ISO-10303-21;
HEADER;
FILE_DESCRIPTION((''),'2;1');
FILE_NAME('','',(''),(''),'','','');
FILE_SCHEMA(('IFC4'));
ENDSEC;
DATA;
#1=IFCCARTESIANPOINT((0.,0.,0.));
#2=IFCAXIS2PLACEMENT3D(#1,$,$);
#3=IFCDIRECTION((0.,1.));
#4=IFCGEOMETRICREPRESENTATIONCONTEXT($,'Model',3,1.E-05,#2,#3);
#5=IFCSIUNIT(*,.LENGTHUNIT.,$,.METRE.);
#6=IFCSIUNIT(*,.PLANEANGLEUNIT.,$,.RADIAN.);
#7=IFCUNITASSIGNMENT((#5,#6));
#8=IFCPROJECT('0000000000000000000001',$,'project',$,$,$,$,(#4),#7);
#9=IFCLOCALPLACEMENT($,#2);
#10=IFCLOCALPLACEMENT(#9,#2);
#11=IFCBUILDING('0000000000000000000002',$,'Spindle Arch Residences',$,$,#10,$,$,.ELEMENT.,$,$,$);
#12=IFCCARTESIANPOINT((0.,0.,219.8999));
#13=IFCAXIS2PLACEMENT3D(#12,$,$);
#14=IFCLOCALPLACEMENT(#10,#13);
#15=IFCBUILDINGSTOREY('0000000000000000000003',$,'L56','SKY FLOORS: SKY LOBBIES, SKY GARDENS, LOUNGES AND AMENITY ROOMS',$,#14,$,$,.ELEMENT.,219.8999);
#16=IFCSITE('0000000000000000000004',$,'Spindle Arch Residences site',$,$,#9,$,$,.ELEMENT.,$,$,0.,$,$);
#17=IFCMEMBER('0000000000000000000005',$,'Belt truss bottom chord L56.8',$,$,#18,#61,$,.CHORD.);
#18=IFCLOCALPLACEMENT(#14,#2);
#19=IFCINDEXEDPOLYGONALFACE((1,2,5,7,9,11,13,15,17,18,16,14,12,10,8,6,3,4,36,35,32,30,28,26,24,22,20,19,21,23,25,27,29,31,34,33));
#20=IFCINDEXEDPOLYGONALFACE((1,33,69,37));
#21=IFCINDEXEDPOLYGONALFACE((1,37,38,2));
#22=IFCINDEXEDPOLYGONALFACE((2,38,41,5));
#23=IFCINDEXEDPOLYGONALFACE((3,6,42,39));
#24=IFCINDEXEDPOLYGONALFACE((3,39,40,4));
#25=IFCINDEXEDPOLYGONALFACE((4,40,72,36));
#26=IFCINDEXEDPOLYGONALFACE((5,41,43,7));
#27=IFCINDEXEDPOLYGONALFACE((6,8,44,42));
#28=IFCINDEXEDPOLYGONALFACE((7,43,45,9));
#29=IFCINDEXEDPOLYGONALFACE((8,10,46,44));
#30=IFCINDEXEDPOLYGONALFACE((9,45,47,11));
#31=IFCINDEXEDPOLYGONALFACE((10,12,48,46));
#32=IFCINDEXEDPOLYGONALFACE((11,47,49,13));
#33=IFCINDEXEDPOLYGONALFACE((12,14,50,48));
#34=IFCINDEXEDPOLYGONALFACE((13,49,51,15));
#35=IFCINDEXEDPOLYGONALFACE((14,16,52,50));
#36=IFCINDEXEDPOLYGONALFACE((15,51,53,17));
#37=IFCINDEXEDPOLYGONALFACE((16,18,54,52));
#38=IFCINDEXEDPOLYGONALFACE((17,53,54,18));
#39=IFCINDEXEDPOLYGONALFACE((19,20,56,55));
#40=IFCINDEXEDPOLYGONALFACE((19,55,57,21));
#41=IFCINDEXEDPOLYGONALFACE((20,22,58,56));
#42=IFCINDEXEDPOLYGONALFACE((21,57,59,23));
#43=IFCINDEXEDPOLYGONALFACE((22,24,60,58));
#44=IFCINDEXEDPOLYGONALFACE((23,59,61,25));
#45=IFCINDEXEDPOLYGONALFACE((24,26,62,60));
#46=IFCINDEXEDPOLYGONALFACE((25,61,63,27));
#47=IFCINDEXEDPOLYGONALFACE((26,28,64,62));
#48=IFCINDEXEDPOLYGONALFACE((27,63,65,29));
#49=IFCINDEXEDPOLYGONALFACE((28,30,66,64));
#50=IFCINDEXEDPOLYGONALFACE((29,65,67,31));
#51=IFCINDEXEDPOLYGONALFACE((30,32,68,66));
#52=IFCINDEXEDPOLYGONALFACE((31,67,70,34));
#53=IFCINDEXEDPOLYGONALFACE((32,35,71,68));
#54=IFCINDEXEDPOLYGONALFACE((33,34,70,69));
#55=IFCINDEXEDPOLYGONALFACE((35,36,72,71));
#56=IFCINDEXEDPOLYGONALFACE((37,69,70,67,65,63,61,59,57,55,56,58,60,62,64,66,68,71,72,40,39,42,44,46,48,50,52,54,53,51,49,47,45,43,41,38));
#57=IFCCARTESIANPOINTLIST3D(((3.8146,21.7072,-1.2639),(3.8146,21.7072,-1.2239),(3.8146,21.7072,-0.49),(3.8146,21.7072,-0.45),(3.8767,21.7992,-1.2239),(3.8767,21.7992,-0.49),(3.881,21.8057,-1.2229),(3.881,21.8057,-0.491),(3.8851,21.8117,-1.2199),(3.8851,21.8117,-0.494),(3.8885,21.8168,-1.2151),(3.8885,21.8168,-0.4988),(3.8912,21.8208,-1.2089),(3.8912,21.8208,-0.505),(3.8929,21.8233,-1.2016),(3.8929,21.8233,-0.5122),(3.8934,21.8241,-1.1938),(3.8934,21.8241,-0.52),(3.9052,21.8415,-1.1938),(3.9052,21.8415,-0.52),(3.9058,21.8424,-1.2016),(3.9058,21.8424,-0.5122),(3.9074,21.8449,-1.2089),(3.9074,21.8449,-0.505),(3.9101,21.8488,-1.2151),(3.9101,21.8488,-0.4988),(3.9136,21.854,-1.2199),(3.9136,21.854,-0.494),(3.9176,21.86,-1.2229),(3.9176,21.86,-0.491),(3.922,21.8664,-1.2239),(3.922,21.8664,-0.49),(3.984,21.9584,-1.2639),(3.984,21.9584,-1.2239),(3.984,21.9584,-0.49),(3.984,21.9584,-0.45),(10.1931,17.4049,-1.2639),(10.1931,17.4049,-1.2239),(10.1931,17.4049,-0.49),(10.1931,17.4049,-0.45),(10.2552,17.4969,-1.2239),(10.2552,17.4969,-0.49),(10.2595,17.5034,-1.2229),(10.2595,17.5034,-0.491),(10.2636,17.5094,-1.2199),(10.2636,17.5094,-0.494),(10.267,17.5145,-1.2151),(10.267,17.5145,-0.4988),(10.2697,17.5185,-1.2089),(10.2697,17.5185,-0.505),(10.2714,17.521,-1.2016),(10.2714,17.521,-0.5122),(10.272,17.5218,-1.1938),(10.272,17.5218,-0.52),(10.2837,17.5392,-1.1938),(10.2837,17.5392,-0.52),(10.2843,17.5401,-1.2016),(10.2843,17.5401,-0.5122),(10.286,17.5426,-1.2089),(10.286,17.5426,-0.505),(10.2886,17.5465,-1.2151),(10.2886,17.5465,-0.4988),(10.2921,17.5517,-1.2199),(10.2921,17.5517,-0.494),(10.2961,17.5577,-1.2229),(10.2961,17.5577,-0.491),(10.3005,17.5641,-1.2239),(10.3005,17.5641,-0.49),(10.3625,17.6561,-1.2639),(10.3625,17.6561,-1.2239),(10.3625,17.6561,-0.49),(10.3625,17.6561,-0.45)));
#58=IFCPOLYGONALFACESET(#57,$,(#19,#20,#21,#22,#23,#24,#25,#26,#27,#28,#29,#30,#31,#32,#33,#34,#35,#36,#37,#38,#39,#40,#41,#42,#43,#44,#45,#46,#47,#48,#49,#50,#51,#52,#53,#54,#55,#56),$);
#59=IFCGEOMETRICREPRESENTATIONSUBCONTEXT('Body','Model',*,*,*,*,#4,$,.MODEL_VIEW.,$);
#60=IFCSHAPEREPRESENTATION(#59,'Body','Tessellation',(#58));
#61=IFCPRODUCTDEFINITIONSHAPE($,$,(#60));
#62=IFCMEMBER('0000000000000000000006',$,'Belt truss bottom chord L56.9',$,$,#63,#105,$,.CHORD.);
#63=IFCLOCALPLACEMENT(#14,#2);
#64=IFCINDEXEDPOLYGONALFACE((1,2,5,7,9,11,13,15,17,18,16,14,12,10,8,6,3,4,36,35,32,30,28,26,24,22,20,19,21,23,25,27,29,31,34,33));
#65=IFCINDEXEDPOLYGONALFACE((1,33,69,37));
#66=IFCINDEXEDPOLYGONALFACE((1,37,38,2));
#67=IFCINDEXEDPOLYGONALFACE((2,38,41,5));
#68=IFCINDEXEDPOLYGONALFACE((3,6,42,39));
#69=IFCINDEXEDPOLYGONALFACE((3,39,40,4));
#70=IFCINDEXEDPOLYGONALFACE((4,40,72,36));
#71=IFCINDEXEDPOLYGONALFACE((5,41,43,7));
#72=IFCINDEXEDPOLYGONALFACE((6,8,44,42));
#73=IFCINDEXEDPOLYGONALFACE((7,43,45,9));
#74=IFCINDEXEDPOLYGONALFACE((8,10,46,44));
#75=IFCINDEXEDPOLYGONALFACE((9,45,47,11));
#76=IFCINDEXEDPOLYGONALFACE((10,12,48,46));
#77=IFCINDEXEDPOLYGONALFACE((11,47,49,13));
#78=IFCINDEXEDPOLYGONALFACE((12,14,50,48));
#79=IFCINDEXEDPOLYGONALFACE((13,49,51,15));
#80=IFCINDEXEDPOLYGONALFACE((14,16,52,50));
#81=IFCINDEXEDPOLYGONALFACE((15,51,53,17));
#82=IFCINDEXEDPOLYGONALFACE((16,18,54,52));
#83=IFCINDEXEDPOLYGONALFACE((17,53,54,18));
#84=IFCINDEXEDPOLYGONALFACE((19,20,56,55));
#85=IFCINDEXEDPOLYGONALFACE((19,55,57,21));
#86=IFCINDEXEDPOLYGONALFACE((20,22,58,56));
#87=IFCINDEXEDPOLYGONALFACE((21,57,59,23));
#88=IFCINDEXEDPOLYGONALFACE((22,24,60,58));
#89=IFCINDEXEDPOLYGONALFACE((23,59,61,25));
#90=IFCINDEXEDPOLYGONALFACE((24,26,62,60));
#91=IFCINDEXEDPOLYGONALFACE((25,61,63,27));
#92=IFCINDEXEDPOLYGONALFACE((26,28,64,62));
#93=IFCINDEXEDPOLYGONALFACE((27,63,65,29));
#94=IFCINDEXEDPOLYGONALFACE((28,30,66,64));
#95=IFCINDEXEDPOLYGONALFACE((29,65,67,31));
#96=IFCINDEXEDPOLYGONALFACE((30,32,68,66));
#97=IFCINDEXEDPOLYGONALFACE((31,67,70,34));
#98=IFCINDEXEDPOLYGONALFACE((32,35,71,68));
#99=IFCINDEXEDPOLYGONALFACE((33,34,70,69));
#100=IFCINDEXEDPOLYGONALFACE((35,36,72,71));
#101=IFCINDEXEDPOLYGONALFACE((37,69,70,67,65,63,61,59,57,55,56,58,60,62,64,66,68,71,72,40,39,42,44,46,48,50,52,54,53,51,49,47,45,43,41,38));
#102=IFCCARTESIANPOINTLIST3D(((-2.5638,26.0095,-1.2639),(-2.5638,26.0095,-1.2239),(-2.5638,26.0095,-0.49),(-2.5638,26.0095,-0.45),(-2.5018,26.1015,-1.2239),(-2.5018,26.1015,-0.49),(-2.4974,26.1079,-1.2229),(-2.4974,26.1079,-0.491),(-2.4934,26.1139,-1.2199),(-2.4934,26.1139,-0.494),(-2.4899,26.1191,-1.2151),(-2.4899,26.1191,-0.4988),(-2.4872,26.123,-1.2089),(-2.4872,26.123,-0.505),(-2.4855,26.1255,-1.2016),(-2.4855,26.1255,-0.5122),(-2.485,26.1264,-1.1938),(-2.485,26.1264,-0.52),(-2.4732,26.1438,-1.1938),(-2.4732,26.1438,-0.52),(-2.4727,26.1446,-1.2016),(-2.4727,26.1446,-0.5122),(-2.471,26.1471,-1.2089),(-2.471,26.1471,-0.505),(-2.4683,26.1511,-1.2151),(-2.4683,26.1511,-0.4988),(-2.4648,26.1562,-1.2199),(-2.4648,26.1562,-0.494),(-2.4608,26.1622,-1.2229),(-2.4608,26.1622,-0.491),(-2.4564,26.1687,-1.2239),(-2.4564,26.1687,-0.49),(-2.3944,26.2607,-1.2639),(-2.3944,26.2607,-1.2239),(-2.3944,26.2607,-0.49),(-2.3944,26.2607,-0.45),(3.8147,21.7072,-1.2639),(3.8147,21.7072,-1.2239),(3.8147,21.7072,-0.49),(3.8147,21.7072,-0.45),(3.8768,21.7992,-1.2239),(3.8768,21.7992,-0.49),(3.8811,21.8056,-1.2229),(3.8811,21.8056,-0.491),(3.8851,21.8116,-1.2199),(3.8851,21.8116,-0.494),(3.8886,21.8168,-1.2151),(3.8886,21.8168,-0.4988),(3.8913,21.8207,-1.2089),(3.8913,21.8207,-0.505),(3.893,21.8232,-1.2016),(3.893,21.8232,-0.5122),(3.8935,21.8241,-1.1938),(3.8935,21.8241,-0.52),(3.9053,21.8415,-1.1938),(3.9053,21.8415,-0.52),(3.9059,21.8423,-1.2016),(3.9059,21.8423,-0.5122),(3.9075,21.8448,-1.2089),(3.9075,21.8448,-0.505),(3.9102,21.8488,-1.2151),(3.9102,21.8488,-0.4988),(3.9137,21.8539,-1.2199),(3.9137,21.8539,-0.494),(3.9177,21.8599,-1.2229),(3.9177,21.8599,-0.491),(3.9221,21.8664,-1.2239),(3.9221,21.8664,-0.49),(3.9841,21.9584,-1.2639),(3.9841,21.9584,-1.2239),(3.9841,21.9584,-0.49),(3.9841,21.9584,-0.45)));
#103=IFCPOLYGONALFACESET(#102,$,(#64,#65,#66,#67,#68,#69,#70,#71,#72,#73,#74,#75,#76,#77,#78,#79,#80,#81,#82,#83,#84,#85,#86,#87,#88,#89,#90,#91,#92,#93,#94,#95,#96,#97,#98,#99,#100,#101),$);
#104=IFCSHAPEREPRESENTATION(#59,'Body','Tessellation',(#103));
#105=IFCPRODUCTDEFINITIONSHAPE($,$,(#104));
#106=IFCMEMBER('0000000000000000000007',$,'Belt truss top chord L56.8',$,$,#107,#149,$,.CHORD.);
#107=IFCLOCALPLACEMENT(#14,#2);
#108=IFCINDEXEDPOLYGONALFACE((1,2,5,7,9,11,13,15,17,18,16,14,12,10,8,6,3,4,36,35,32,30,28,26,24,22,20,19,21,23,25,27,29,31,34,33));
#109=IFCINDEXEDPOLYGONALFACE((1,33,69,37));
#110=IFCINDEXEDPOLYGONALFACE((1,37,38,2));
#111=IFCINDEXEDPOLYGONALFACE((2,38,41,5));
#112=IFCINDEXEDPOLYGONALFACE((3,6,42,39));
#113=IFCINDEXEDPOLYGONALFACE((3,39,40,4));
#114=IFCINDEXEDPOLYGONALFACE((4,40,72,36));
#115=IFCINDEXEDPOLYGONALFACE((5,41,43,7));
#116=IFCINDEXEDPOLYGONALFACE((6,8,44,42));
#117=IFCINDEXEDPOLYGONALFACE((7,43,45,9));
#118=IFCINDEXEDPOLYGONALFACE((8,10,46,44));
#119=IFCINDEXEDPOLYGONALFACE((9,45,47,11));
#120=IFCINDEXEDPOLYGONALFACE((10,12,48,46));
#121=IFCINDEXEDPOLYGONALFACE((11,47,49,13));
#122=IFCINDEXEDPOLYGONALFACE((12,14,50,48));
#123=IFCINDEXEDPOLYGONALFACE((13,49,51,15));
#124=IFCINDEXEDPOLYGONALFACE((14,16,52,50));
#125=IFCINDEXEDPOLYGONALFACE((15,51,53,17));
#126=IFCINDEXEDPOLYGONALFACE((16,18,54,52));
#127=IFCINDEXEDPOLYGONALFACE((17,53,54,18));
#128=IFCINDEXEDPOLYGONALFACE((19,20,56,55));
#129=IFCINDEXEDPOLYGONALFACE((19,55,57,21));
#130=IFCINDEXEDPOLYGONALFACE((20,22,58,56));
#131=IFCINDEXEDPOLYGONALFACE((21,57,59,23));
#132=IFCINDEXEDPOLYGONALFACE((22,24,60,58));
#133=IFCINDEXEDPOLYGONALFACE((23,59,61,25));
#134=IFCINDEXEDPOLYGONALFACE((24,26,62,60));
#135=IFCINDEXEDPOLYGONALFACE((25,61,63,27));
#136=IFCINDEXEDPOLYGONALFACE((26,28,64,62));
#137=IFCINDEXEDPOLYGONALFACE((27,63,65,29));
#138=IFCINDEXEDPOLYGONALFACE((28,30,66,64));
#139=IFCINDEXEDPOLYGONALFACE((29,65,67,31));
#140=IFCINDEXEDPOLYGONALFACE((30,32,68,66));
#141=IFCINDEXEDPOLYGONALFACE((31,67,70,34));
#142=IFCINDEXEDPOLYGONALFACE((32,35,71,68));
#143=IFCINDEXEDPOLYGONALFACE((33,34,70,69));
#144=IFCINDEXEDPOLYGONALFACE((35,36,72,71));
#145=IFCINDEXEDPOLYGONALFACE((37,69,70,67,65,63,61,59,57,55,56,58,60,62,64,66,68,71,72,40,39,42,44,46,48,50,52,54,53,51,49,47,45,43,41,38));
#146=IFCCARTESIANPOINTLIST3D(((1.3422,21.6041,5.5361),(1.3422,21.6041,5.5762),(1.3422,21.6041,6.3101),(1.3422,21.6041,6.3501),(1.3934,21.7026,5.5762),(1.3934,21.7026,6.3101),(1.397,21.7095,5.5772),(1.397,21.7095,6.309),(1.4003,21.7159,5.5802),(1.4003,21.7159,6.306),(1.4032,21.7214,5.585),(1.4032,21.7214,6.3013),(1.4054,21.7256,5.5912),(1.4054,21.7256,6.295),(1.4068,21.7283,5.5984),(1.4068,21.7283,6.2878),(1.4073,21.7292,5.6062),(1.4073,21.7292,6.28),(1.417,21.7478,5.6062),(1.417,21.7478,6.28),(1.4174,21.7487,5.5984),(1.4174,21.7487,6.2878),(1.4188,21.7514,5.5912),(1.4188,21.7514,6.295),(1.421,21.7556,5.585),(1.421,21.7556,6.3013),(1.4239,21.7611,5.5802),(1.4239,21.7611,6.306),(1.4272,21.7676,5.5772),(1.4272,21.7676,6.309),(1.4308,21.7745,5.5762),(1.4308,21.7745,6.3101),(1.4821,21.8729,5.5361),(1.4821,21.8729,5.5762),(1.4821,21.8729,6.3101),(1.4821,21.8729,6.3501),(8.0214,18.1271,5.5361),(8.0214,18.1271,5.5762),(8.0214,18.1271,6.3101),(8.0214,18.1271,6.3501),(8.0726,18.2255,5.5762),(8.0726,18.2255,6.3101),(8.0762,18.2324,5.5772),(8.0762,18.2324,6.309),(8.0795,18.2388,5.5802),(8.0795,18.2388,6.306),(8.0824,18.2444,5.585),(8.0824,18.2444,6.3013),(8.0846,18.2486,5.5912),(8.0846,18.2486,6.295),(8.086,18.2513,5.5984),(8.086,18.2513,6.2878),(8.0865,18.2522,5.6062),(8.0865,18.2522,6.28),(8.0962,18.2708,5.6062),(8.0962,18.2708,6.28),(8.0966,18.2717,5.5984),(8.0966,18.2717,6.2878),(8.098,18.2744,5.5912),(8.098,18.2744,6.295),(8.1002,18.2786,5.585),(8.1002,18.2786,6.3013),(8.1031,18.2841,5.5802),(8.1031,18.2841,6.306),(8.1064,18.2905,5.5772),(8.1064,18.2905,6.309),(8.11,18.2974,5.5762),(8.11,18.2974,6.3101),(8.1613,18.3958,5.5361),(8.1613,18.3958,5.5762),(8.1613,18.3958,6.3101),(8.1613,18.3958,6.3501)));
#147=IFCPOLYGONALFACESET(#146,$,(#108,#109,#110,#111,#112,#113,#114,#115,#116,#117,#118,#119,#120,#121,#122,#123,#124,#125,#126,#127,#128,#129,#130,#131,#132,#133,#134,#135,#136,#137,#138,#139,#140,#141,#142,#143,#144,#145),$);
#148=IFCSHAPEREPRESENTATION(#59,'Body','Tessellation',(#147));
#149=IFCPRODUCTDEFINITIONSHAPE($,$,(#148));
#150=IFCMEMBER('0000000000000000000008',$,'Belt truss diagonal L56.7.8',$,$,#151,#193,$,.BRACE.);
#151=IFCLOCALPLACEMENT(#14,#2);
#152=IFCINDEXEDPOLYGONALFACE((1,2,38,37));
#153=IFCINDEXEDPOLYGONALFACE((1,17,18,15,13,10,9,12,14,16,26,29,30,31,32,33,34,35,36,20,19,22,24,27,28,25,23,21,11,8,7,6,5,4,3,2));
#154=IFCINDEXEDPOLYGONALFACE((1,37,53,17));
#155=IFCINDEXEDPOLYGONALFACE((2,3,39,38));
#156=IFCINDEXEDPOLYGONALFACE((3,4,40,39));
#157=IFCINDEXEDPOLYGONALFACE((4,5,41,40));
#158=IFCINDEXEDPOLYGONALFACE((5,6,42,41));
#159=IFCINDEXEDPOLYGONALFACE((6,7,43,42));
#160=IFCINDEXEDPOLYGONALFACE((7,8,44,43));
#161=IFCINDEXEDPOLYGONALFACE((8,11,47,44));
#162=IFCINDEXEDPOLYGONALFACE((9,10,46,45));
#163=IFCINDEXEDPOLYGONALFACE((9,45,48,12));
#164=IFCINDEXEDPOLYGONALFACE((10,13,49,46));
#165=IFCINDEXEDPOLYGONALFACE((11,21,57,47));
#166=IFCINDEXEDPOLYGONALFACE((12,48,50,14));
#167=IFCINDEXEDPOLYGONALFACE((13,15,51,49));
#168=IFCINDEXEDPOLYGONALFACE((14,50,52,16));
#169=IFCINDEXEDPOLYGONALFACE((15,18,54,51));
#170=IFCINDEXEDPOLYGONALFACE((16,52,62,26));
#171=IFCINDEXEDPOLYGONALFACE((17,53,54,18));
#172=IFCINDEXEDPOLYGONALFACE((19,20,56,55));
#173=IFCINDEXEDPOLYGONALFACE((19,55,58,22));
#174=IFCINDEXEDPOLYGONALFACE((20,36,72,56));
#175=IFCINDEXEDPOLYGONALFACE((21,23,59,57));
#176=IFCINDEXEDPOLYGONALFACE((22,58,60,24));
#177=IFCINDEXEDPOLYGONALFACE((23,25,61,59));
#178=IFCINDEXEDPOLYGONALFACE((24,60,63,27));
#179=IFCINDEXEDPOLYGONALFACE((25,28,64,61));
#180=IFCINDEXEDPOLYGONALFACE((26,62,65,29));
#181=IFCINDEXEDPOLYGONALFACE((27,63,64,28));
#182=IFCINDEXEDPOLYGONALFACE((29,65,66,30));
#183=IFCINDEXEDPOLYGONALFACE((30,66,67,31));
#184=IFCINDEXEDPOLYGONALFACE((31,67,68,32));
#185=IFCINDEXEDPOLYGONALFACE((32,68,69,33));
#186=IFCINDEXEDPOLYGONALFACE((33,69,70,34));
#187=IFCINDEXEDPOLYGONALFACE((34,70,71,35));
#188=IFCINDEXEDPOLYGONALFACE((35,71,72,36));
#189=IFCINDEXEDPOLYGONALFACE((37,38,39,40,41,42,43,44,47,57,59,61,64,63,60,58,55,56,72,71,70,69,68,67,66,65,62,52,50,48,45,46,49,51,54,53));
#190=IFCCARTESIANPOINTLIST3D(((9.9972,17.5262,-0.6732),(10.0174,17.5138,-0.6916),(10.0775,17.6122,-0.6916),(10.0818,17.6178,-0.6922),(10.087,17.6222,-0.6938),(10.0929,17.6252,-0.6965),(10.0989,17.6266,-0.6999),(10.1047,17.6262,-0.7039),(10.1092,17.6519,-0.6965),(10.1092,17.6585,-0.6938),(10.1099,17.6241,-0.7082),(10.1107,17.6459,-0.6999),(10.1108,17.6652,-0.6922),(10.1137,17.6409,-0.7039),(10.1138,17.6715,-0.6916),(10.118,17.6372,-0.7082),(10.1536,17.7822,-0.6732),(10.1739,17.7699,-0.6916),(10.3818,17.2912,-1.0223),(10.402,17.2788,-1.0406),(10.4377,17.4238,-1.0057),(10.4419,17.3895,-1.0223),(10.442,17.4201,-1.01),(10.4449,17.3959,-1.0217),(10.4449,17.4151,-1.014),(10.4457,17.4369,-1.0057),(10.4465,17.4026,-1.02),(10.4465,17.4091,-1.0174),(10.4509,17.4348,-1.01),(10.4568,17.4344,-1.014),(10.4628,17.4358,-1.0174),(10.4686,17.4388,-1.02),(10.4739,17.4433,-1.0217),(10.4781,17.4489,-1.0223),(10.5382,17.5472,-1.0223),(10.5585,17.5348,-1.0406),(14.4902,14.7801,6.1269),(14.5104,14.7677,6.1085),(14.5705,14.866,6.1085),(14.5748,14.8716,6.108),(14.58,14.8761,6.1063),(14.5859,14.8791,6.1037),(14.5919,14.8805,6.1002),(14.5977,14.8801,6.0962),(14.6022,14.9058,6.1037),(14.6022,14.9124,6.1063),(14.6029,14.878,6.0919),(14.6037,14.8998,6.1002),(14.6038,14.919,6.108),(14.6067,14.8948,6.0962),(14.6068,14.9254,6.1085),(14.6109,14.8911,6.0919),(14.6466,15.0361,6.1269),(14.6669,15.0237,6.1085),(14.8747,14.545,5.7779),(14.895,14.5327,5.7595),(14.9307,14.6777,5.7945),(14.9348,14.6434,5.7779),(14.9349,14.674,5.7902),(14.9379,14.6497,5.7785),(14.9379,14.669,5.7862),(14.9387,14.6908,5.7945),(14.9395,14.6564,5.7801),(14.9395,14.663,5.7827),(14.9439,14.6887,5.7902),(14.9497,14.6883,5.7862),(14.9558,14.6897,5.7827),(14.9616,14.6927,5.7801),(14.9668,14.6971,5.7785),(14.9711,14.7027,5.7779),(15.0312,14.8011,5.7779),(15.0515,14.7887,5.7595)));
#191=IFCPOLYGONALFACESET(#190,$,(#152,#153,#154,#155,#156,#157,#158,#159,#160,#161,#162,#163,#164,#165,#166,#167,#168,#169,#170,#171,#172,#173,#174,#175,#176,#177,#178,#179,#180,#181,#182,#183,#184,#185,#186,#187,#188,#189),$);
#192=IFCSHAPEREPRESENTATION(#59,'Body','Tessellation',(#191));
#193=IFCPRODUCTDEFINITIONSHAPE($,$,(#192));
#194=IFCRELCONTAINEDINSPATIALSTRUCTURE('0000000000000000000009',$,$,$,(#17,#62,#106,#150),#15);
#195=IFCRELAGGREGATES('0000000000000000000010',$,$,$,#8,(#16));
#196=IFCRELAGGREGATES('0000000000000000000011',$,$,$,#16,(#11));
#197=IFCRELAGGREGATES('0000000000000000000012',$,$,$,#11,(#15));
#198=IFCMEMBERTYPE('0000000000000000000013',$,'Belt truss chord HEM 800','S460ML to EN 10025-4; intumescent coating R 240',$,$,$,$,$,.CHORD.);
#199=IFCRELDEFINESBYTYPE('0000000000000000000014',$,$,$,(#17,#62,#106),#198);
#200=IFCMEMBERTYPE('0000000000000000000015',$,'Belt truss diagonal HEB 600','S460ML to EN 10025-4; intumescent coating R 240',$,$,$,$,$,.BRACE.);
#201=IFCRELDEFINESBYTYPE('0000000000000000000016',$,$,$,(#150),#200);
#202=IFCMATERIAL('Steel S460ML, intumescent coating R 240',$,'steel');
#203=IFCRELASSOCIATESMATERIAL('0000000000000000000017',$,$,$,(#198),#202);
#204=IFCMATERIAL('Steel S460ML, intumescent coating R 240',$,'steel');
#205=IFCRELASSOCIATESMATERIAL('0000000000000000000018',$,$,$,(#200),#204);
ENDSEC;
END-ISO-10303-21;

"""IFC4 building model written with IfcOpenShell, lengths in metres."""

from ifc_helpers import new_model, si_unit, direction, frame, origin, origin_2d, place, context, subcontext, project, spatial, i_section, extrude, material, material_profile, profile_set, type_object, element, save


model = new_model("IFC4")

# Units and contexts
model_context = context("Model", 3, precision=1e-05, world=origin(), true_north=direction((0.0, 1.0)))
body_context = subcontext(model_context, "Body", "Model", "MODEL_VIEW")
ifc_project = project(units=[si_unit("LENGTHUNIT", "METRE"), si_unit("PLANEANGLEUNIT", "RADIAN")], contexts=[model_context])

# Site, building, storey
site_placement = place(None, origin())
site = spatial("IfcSite", under=ifc_project, at=site_placement, Name="Spindle Arch Residences site", CompositionType="ELEMENT", RefElevation=0.0)
building_placement = place(site_placement, origin())
building = spatial("IfcBuilding", under=site, at=building_placement, Name="Spindle Arch Residences", CompositionType="ELEMENT")
storey_placement = place(building_placement, frame((0.0, 0.0, 219.8999)))
storey = spatial("IfcBuildingStorey", under=building, at=storey_placement, Name="L56", Description="SKY FLOORS: SKY LOBBIES, SKY GARDENS, LOUNGES AND AMENITY ROOMS", CompositionType="ELEMENT", Elevation=219.8999)

# Members
ifc_material_1 = material(Name="Steel S460ML, intumescent coating R 240", Category="steel")
ifc_material_profile_1 = material_profile(ifc_material_1, i_section(OverallWidth=0.303, OverallDepth=0.814, WebThickness=0.021, FlangeThickness=0.04, FilletRadius=0.03, at=origin_2d()), Name="HEM 800")
ifc_profile_set_1 = profile_set([ifc_material_profile_1], Name="Steel S460ML, intumescent coating R 240")
member_type_1 = type_object("IfcMemberType", Name="Belt truss chord HEM 800", Description="S460ML to EN 10025-4; intumescent coating R 240", PredefinedType="CHORD", material=ifc_profile_set_1)
for number, where, z_axis, x_axis, name in (
    (1, (10.2778, 17.5305, -0.8569), (-0.829041, 0.559188, 0.0), (-0.559188, -0.829041, 0.0), "Belt truss bottom chord L56.8"),
    (2, (3.8994, 21.8328, -0.8569), (-0.829041, 0.559188, 0.0), (-0.559188, -0.829041, 0.0), "Belt truss bottom chord L56.9"),
):
    element("IfcMember", number, at=place(storey_placement, frame(where, z_axis=z_axis, x_axis=x_axis)), inside=storey, type_object=member_type_1, Name=name, PredefinedType="CHORD", context=body_context, shape_type="SweptSolid", body=[
        extrude(i_section(OverallWidth=0.303, OverallDepth=0.814, WebThickness=0.021, FlangeThickness=0.04, FilletRadius=0.03, at=origin_2d()), origin(), (0.0, 0.0, 1.0), 7.6938),
    ])
member_1_placement = place(storey_placement, frame((8.0913, 18.2615, 5.9431), z_axis=(-0.887006, 0.461757, 0.0), x_axis=(-0.461757, -0.887006, 0.0)))
element("IfcMember", 3, at=member_1_placement, inside=storey, type_object=member_type_1, Name="Belt truss top chord L56.8", PredefinedType="CHORD", context=body_context, shape_type="SweptSolid", body=[
    extrude(i_section(OverallWidth=0.303, OverallDepth=0.814, WebThickness=0.021, FlangeThickness=0.04, FilletRadius=0.03, at=origin_2d()), origin(), (0.0, 0.0, 1.0), 7.53),
])
ifc_material_2 = material(Name="Steel S460ML, intumescent coating R 240", Category="steel")
ifc_material_profile_2 = material_profile(ifc_material_2, i_section(OverallWidth=0.3, OverallDepth=0.6001, WebThickness=0.0154, FlangeThickness=0.03, FilletRadius=0.0271, at=origin_2d()), Name="HEB 600")
ifc_profile_set_2 = profile_set([ifc_material_profile_2], Name="Steel S460ML, intumescent coating R 240")
member_type_2 = type_object("IfcMemberType", Name="Belt truss diagonal HEB 600", Description="S460ML to EN 10025-4; intumescent coating R 240", PredefinedType="BRACE", material=ifc_profile_set_2)
member_2_placement = place(storey_placement, frame((10.2778, 17.5305, -0.8569), z_axis=(0.522404, -0.319296, 0.79066), x_axis=(0.521508, 0.853246, 0.0)))
element("IfcMember", 4, at=member_2_placement, inside=storey, type_object=member_type_2, Name="Belt truss diagonal L56.7.8", PredefinedType="BRACE", context=body_context, shape_type="SweptSolid", body=[
    extrude(i_section(OverallWidth=0.3, OverallDepth=0.6001, WebThickness=0.0154, FlangeThickness=0.03, FilletRadius=0.0271, at=origin_2d()), origin(), (0.0, 0.0, 1.0), 8.6006),
])

save(model, "model.ifc")
